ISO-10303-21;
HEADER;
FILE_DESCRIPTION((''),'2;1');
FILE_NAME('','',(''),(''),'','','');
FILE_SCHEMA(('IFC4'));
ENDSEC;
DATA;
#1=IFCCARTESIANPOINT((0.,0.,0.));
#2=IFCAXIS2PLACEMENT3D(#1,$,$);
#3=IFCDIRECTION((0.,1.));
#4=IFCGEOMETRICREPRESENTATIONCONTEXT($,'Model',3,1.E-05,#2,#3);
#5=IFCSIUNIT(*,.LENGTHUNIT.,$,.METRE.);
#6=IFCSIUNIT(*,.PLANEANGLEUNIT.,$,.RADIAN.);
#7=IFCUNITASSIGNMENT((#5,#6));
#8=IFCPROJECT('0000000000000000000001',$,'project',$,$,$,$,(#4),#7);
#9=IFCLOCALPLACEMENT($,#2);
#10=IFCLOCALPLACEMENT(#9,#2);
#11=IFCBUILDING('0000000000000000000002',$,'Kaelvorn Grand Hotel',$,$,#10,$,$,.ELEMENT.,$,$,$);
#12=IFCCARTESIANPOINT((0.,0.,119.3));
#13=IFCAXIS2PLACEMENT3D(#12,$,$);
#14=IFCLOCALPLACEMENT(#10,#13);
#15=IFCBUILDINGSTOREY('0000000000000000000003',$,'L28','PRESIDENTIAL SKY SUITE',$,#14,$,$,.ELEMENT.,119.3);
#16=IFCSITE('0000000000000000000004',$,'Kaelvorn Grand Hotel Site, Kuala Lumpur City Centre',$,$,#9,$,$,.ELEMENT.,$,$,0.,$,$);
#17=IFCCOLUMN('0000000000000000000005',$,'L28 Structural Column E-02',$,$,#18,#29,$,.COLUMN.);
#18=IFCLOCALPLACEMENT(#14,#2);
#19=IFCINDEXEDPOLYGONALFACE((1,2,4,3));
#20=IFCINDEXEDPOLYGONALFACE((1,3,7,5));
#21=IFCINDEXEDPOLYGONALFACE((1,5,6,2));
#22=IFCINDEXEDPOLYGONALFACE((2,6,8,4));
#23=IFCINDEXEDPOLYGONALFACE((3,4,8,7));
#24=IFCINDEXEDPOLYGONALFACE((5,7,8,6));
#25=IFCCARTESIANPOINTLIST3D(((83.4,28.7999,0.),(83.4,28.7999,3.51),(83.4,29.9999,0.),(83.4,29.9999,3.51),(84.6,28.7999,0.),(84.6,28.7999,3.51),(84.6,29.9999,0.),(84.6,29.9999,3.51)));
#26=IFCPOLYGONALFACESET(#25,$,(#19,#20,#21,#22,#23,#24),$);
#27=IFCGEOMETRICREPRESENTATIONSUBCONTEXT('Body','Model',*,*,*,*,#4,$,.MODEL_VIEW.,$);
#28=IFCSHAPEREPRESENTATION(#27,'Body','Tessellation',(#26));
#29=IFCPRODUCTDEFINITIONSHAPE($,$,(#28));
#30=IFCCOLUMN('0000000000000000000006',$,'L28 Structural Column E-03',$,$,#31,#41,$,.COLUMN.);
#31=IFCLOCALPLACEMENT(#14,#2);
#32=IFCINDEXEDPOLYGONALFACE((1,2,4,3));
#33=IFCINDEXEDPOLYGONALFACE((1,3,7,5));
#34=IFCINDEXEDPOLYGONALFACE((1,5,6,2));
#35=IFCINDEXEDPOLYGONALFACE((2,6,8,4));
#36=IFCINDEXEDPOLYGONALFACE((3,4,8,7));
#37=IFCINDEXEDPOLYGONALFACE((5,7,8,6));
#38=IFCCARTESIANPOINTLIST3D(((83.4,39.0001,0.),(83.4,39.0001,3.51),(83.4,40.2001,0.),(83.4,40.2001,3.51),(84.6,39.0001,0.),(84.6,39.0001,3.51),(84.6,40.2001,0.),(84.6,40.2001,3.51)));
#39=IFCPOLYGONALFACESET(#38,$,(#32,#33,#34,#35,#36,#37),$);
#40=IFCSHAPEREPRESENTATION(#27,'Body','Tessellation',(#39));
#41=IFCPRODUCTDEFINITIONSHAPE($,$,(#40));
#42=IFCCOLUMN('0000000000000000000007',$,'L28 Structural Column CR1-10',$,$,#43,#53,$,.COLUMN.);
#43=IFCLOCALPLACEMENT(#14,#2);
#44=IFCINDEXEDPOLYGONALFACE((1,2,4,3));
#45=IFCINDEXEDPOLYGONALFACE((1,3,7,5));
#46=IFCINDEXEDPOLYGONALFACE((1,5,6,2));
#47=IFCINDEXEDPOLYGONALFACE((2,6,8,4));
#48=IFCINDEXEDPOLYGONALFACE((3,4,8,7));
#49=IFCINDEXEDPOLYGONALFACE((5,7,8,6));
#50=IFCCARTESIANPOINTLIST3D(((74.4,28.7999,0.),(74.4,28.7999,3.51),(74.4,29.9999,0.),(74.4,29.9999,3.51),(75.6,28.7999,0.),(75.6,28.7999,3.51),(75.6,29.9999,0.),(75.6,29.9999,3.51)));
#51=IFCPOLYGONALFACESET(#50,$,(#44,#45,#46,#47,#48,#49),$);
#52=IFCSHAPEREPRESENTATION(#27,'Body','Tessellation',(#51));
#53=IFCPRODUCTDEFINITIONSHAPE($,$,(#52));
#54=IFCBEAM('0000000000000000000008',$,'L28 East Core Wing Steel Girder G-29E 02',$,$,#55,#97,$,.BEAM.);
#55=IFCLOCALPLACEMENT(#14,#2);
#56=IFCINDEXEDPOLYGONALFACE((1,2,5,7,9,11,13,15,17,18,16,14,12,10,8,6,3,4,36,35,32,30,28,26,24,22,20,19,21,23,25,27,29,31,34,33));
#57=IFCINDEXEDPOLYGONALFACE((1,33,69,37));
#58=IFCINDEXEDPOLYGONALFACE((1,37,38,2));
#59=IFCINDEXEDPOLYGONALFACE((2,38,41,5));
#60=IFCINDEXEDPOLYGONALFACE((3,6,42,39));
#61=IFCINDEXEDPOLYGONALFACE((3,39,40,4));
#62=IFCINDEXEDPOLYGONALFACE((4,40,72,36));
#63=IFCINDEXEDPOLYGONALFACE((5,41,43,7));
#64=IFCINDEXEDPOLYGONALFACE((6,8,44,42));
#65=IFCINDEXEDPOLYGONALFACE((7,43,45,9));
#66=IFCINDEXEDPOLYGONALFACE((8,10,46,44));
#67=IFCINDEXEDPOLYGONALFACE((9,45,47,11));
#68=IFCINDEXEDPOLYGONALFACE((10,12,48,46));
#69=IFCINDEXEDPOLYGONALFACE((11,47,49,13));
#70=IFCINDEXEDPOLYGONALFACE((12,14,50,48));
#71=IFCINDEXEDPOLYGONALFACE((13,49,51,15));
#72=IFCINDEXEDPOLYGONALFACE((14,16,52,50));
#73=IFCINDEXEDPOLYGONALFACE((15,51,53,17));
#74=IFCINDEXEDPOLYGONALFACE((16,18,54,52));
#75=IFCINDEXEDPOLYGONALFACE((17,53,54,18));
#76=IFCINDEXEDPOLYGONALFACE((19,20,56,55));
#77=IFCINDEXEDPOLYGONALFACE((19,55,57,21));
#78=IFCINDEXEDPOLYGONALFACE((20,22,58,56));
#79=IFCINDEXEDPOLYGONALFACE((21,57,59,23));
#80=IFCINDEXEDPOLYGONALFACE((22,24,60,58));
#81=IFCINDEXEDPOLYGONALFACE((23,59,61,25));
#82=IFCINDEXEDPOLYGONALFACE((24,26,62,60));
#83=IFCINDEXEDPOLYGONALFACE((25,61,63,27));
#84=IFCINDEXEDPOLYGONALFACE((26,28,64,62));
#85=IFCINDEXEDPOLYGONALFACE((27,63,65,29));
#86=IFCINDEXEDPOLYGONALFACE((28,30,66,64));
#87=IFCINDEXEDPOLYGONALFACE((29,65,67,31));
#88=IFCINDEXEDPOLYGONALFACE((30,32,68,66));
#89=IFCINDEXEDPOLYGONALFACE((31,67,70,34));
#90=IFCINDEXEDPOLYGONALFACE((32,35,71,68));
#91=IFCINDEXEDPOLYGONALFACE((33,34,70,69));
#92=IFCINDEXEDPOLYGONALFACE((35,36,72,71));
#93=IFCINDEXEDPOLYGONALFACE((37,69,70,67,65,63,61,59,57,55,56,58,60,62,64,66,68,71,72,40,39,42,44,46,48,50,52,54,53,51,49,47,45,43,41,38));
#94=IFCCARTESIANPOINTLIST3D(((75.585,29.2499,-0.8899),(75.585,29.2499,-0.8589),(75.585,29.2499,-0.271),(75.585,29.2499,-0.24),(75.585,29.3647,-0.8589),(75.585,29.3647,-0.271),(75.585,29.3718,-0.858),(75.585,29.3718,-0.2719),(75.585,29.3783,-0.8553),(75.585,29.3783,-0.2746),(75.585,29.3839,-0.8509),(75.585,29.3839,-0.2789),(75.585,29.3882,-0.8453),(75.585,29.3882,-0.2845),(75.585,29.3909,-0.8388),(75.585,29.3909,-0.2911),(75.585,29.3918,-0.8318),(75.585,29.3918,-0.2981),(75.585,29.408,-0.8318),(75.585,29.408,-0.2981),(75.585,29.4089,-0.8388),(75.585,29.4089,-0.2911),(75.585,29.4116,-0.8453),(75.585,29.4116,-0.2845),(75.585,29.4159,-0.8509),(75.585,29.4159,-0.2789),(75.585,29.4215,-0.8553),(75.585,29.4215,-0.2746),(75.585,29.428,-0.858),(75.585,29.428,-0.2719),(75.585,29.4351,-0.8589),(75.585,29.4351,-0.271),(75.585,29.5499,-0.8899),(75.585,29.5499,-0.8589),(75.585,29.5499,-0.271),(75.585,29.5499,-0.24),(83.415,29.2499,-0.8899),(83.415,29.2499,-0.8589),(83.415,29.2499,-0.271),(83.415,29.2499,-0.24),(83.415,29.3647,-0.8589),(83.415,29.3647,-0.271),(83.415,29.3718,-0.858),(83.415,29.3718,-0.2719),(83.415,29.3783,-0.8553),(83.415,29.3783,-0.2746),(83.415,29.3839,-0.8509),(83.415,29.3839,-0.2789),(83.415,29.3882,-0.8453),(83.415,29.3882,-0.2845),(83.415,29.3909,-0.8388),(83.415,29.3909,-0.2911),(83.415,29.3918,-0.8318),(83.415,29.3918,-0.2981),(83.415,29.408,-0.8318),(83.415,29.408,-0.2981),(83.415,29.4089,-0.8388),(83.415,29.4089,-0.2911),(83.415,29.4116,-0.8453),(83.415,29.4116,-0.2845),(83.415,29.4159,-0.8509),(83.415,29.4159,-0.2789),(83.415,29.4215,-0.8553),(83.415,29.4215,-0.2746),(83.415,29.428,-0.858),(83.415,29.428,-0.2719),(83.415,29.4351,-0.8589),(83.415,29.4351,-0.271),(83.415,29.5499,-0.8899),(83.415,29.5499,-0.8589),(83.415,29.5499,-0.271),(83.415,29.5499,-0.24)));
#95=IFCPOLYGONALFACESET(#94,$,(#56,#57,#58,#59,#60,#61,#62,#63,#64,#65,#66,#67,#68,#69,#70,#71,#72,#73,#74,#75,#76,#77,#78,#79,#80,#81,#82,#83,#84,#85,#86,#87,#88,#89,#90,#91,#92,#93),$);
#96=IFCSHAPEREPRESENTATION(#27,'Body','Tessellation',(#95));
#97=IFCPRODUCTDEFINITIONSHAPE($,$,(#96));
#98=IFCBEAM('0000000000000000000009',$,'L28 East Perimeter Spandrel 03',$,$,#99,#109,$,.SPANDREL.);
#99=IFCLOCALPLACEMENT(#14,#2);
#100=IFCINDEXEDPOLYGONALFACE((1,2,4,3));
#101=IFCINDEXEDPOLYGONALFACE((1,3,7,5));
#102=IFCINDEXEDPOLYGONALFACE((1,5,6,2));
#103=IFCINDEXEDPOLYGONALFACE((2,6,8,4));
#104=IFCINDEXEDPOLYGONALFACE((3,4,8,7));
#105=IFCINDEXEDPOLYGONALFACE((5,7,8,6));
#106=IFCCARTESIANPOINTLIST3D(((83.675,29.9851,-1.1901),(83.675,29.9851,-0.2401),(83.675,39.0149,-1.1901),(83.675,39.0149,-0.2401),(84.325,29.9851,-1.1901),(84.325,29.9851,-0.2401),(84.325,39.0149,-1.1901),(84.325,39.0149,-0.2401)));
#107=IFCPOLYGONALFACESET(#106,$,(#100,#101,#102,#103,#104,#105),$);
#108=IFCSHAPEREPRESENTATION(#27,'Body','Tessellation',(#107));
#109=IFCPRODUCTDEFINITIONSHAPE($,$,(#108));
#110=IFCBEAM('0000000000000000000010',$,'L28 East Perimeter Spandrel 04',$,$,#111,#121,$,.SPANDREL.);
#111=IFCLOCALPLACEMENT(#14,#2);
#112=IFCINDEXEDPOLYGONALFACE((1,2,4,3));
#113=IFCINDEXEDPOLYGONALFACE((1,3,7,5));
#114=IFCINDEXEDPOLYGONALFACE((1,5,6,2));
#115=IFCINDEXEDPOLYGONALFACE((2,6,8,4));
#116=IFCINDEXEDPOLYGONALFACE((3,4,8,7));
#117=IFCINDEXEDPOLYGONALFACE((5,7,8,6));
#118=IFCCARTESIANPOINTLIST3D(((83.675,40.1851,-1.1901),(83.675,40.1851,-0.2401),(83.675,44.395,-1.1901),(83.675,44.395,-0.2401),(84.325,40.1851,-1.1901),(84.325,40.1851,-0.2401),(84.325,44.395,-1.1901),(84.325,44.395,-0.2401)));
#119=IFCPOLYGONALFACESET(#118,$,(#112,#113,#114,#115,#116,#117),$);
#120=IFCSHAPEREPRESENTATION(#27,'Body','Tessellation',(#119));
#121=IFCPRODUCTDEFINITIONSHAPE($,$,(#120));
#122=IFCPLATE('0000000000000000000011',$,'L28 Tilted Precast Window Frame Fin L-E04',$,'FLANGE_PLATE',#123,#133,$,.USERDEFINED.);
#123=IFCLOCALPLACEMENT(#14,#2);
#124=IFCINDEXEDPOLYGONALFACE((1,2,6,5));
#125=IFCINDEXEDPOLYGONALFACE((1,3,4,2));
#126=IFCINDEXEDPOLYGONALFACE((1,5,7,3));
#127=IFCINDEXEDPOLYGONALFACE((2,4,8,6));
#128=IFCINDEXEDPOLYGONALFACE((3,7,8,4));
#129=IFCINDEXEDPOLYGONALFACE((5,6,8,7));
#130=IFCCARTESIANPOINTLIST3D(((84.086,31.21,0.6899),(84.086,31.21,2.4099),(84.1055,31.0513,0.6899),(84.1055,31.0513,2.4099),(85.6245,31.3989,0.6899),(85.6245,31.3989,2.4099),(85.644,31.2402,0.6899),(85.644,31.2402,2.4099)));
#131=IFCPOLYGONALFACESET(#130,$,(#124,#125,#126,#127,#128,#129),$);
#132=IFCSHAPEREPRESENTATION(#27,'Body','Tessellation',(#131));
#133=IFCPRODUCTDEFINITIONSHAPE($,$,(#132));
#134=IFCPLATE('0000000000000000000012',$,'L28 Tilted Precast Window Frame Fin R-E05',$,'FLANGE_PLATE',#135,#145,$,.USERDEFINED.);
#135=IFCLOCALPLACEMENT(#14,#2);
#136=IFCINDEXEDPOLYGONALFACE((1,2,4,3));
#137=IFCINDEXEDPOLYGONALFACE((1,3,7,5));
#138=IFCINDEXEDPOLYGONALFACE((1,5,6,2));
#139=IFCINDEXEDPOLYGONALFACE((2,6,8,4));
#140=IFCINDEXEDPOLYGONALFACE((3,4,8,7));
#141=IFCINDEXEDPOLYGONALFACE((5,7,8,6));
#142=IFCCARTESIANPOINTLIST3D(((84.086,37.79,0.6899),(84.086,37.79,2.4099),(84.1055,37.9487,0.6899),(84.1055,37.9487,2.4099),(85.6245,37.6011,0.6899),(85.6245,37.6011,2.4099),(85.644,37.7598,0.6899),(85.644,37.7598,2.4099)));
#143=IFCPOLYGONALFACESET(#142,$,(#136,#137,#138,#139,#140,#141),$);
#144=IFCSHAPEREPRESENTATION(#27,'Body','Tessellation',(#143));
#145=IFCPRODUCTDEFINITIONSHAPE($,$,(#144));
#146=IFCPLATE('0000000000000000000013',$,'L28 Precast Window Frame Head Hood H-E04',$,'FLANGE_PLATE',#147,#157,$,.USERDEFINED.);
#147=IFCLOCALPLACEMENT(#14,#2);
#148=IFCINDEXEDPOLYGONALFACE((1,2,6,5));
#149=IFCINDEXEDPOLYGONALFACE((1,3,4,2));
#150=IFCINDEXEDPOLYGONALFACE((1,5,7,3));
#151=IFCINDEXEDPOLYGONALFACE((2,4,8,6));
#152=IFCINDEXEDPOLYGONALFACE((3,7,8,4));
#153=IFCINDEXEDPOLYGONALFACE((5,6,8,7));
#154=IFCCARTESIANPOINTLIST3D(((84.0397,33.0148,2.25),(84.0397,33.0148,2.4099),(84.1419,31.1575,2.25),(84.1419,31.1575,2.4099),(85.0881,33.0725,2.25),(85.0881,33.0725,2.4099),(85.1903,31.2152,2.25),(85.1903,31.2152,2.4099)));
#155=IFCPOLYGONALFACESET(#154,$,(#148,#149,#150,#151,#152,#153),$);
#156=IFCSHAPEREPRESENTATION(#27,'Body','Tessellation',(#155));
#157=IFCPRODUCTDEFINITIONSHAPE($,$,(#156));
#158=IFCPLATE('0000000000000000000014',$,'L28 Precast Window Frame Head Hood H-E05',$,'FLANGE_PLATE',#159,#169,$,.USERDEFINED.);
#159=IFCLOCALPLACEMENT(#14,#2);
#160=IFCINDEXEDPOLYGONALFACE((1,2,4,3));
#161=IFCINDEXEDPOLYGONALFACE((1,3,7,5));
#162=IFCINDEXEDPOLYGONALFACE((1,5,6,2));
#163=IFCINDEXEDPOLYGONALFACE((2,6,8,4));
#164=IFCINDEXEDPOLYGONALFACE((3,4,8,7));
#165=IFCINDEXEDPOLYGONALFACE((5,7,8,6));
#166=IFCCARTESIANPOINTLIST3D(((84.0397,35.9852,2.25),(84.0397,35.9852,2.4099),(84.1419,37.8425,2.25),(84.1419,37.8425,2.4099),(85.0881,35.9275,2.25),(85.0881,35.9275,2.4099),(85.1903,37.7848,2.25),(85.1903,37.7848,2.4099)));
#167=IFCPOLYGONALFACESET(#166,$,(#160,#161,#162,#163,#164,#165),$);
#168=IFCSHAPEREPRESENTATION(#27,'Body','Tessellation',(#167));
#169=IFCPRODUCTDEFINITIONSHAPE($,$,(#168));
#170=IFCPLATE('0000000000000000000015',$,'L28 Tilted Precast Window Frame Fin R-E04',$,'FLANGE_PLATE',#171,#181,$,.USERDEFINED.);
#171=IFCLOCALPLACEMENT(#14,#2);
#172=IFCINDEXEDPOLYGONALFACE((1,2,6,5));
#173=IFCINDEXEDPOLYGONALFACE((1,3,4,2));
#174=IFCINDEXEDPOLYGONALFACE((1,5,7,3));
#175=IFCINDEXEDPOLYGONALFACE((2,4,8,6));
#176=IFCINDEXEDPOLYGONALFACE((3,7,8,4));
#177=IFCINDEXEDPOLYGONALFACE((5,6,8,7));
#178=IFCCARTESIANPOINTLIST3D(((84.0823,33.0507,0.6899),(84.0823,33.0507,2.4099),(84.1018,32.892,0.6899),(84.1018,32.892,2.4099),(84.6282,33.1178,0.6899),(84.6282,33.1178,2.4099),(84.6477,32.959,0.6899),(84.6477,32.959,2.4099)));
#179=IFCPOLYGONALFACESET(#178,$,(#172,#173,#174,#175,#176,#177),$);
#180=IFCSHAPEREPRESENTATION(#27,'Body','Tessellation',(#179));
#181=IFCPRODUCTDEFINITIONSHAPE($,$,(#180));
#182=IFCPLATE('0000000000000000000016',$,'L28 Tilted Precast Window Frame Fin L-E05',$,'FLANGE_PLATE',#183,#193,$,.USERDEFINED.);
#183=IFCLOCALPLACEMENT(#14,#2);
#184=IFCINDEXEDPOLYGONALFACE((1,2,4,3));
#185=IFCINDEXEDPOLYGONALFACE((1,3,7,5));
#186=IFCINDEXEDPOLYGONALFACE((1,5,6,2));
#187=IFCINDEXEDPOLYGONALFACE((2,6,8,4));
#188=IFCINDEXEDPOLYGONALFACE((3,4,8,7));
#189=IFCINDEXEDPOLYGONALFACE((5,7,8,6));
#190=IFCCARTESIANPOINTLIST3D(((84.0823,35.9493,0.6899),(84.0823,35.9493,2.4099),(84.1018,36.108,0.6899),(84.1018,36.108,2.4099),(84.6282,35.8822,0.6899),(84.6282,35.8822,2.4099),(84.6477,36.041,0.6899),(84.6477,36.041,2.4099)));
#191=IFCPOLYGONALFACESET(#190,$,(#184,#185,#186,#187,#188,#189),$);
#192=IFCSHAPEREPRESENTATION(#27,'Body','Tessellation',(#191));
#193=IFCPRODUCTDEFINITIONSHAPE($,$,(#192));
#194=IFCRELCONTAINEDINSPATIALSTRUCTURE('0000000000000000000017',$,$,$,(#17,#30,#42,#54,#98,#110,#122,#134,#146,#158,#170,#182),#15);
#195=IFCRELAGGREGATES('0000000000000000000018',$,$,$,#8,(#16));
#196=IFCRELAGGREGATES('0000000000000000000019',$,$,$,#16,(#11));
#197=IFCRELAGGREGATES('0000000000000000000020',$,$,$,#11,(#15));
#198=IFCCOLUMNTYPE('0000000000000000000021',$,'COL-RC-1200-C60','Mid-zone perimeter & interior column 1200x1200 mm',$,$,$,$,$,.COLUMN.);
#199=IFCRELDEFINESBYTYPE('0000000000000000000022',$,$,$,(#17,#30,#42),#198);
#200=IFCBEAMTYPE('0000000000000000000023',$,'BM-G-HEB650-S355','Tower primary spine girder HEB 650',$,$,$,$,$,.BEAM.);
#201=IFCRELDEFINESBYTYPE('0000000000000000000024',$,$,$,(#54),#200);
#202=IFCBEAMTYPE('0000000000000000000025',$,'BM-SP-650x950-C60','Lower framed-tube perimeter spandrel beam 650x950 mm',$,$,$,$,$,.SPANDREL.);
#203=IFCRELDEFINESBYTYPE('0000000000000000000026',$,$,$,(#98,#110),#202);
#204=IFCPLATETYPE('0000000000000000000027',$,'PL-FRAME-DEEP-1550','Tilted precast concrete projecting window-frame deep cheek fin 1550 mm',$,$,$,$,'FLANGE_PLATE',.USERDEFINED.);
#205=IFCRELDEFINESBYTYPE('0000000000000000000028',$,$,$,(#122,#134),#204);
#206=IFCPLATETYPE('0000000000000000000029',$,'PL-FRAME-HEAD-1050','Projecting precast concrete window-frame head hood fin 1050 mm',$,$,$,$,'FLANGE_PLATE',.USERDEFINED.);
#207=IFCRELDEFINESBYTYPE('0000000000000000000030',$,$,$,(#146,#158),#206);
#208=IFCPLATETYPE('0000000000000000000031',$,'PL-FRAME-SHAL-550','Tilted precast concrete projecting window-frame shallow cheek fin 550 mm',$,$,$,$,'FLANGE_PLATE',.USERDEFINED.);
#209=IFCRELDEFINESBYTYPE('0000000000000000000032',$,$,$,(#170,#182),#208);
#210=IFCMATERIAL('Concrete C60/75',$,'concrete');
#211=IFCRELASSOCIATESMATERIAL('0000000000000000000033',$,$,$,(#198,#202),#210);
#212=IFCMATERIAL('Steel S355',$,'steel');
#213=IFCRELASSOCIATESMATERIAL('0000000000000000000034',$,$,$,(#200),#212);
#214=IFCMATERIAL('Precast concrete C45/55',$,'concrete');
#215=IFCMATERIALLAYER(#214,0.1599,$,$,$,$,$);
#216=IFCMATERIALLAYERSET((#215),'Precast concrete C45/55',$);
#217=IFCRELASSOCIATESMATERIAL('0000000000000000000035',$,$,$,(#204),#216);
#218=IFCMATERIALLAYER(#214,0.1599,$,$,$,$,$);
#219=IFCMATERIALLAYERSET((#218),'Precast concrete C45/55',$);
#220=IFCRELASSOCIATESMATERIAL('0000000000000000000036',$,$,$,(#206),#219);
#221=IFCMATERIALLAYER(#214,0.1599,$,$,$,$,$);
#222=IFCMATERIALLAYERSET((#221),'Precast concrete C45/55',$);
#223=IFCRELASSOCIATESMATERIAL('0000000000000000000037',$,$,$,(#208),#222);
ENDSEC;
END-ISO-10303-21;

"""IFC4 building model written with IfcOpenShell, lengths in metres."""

from ifc_helpers import new_model, si_unit, direction, frame, origin, origin_2d, place, context, subcontext, project, spatial, rectangle, i_section, extrude, material, layer, layer_set, material_profile, profile_set, type_object, element, save


model = new_model("IFC4")

# Units and contexts
model_context = context("Model", 3, precision=1e-05, world=origin(), true_north=direction((0.0, 1.0)))
body_context = subcontext(model_context, "Body", "Model", "MODEL_VIEW")
ifc_project = project(units=[si_unit("LENGTHUNIT", "METRE"), si_unit("PLANEANGLEUNIT", "RADIAN")], contexts=[model_context])

# Site, building, storey
site_placement = place(None, origin())
site = spatial("IfcSite", under=ifc_project, at=site_placement, Name="Kaelvorn Grand Hotel Site, Kuala Lumpur City Centre", CompositionType="ELEMENT", RefElevation=0.0)
building_placement = place(site_placement, origin())
building = spatial("IfcBuilding", under=site, at=building_placement, Name="Kaelvorn Grand Hotel", CompositionType="ELEMENT")
storey_placement = place(building_placement, frame((0.0, 0.0, 119.3)))
storey = spatial("IfcBuildingStorey", under=building, at=storey_placement, Name="L28", Description="PRESIDENTIAL SKY SUITE", CompositionType="ELEMENT", Elevation=119.3)

# Columns
ifc_material_1 = material(Name="Concrete C60/75", Category="concrete")
ifc_material_profile_1 = material_profile(ifc_material_1, rectangle(XDim=1.2, YDim=1.2, at=origin_2d()), Name="RC COL 1200x1200")
ifc_profile_set_1 = profile_set([ifc_material_profile_1], Name="Concrete C60/75")
column_type = type_object("IfcColumnType", Name="COL-RC-1200-C60", Description="Mid-zone perimeter & interior column 1200x1200 mm", PredefinedType="COLUMN", material=ifc_profile_set_1)
for number, where, z_axis, x_axis, name in (
    (1, (84.0, 29.3999, 0.0), (0.0, 0.0, 1.0), (1.0, 0.0, 0.0), "L28 Structural Column E-02"),
    (2, (84.0, 39.6001, 0.0), (0.0, 0.0, 1.0), (1.0, 0.0, 0.0), "L28 Structural Column E-03"),
    (3, (75.0, 29.3999, 0.0), (0.0, 0.0, 1.0), (1.0, 0.0, 0.0), "L28 Structural Column CR1-10"),
):
    element("IfcColumn", number, at=place(storey_placement, frame(where, z_axis=z_axis, x_axis=x_axis)), inside=storey, type_object=column_type, Name=name, PredefinedType="COLUMN", context=body_context, shape_type="SweptSolid", body=[
        extrude(rectangle(XDim=1.2, YDim=1.2, at=origin_2d()), origin(), (0.0, 0.0, 1.0), 3.51),
    ])

# Beams
ifc_material_2 = material(Name="Steel S355", Category="steel")
ifc_material_profile_2 = material_profile(ifc_material_2, i_section(OverallWidth=0.3, OverallDepth=0.6499, WebThickness=0.0161, FlangeThickness=0.031, FilletRadius=0.0271, at=origin_2d()), Name="HEB 650")
ifc_profile_set_2 = profile_set([ifc_material_profile_2], Name="Steel S355")
beam_type_1 = type_object("IfcBeamType", Name="BM-G-HEB650-S355", Description="Tower primary spine girder HEB 650", PredefinedType="BEAM", material=ifc_profile_set_2)
beam_1_placement = place(storey_placement, frame((75.585, 29.3999, -0.5649), z_axis=(1.0, 0.0, 0.0), x_axis=(0.0, 1.0, 0.0)))
element("IfcBeam", 4, at=beam_1_placement, inside=storey, type_object=beam_type_1, Name="L28 East Core Wing Steel Girder G-29E 02", PredefinedType="BEAM", context=body_context, shape_type="SweptSolid", body=[
    extrude(i_section(OverallWidth=0.3, OverallDepth=0.6499, WebThickness=0.0161, FlangeThickness=0.031, FilletRadius=0.0271, at=origin_2d()), origin(), (0.0, 0.0, 1.0), 7.8301),
])
ifc_material_profile_3 = material_profile(ifc_material_1, rectangle(XDim=0.6499, YDim=0.95, at=origin_2d()), Name="RC SPANDREL 650x950")
ifc_profile_set_3 = profile_set([ifc_material_profile_3], Name="Concrete C60/75")
beam_type_2 = type_object("IfcBeamType", Name="BM-SP-650x950-C60", Description="Lower framed-tube perimeter spandrel beam 650x950 mm", PredefinedType="SPANDREL", material=ifc_profile_set_3)
beam_2_placement = place(storey_placement, frame((84.0, 29.9851, -0.7151), z_axis=(0.0, 1.0, 0.0), x_axis=(-1.0, 0.0, 0.0)))
element("IfcBeam", 5, at=beam_2_placement, inside=storey, type_object=beam_type_2, Name="L28 East Perimeter Spandrel 03", PredefinedType="SPANDREL", context=body_context, shape_type="SweptSolid", body=[
    extrude(rectangle(XDim=0.6499, YDim=0.95, at=origin_2d()), origin(), (0.0, 0.0, 1.0), 9.0298),
])
beam_3_placement = place(storey_placement, frame((84.0, 40.1851, -0.7151), z_axis=(0.0, 1.0, 0.0), x_axis=(-1.0, 0.0, 0.0)))
element("IfcBeam", 6, at=beam_3_placement, inside=storey, type_object=beam_type_2, Name="L28 East Perimeter Spandrel 04", PredefinedType="SPANDREL", context=body_context, shape_type="SweptSolid", body=[
    extrude(rectangle(XDim=0.6499, YDim=0.95, at=origin_2d()), origin(), (0.0, 0.0, 1.0), 4.21),
])

# Plates
ifc_material_3 = material(Name="Precast concrete C45/55", Category="concrete")
ifc_layer_1 = layer(ifc_material_3, 0.1599)
ifc_layer_set_1 = layer_set([ifc_layer_1], Name="Precast concrete C45/55")
plate_type_1 = type_object("IfcPlateType", Name="PL-FRAME-DEEP-1550", Description="Tilted precast concrete projecting window-frame deep cheek fin 1550 mm", ElementType="FLANGE_PLATE", PredefinedType="USERDEFINED", material=ifc_layer_set_1)
for number, where, z_axis, x_axis, name in (
    (7, (84.865, 31.2251, 0.6899), (0.0, 0.0, 1.0), (-0.121869, 0.992546, 0.0), "L28 Tilted Precast Window Frame Fin L-E04"),
    (8, (84.865, 37.7749, 0.6899), (0.0, 0.0, 1.0), (0.121869, 0.992546, 0.0), "L28 Tilted Precast Window Frame Fin R-E05"),
):
    element("IfcPlate", number, at=place(storey_placement, frame(where, z_axis=z_axis, x_axis=x_axis)), inside=storey, type_object=plate_type_1, Name=name, ObjectType="FLANGE_PLATE", PredefinedType="USERDEFINED", context=body_context, shape_type="SweptSolid", body=[
        extrude(rectangle(XDim=0.1599, YDim=1.55, at=origin_2d()), origin(), (0.0, 0.0, 1.0), 1.72),
    ])
ifc_layer_2 = layer(ifc_material_3, 0.1599)
ifc_layer_set_2 = layer_set([ifc_layer_2], Name="Precast concrete C45/55")
plate_type_2 = type_object("IfcPlateType", Name="PL-FRAME-HEAD-1050", Description="Projecting precast concrete window-frame head hood fin 1050 mm", ElementType="FLANGE_PLATE", PredefinedType="USERDEFINED", material=ifc_layer_set_2)
for number, where, z_axis, x_axis, name in (
    (9, (84.615, 32.115, 2.25), (0.0, 0.0, 1.0), (-0.05495, 0.998489, 0.0), "L28 Precast Window Frame Head Hood H-E04"),
    (10, (84.615, 36.885, 2.25), (0.0, 0.0, 1.0), (0.05495, 0.998489, 0.0), "L28 Precast Window Frame Head Hood H-E05"),
):
    element("IfcPlate", number, at=place(storey_placement, frame(where, z_axis=z_axis, x_axis=x_axis)), inside=storey, type_object=plate_type_2, Name=name, ObjectType="FLANGE_PLATE", PredefinedType="USERDEFINED", context=body_context, shape_type="SweptSolid", body=[
        extrude(rectangle(XDim=1.8601, YDim=1.05, at=origin_2d()), origin(), (0.0, 0.0, 1.0), 0.1599),
    ])
ifc_layer_3 = layer(ifc_material_3, 0.1599)
ifc_layer_set_3 = layer_set([ifc_layer_3], Name="Precast concrete C45/55")
plate_type_3 = type_object("IfcPlateType", Name="PL-FRAME-SHAL-550", Description="Tilted precast concrete projecting window-frame shallow cheek fin 550 mm", ElementType="FLANGE_PLATE", PredefinedType="USERDEFINED", material=ifc_layer_set_3)
for number, where, z_axis, x_axis, name in (
    (11, (84.365, 33.0049, 0.6899), (0.0, 0.0, 1.0), (-0.121869, 0.992546, 0.0), "L28 Tilted Precast Window Frame Fin R-E04"),
    (12, (84.365, 35.9951, 0.6899), (0.0, 0.0, 1.0), (0.121869, 0.992546, 0.0), "L28 Tilted Precast Window Frame Fin L-E05"),
):
    element("IfcPlate", number, at=place(storey_placement, frame(where, z_axis=z_axis, x_axis=x_axis)), inside=storey, type_object=plate_type_3, Name=name, ObjectType="FLANGE_PLATE", PredefinedType="USERDEFINED", context=body_context, shape_type="SweptSolid", body=[
        extrude(rectangle(XDim=0.1599, YDim=0.55, at=origin_2d()), origin(), (0.0, 0.0, 1.0), 1.72),
    ])

save(model, "model.ifc")
